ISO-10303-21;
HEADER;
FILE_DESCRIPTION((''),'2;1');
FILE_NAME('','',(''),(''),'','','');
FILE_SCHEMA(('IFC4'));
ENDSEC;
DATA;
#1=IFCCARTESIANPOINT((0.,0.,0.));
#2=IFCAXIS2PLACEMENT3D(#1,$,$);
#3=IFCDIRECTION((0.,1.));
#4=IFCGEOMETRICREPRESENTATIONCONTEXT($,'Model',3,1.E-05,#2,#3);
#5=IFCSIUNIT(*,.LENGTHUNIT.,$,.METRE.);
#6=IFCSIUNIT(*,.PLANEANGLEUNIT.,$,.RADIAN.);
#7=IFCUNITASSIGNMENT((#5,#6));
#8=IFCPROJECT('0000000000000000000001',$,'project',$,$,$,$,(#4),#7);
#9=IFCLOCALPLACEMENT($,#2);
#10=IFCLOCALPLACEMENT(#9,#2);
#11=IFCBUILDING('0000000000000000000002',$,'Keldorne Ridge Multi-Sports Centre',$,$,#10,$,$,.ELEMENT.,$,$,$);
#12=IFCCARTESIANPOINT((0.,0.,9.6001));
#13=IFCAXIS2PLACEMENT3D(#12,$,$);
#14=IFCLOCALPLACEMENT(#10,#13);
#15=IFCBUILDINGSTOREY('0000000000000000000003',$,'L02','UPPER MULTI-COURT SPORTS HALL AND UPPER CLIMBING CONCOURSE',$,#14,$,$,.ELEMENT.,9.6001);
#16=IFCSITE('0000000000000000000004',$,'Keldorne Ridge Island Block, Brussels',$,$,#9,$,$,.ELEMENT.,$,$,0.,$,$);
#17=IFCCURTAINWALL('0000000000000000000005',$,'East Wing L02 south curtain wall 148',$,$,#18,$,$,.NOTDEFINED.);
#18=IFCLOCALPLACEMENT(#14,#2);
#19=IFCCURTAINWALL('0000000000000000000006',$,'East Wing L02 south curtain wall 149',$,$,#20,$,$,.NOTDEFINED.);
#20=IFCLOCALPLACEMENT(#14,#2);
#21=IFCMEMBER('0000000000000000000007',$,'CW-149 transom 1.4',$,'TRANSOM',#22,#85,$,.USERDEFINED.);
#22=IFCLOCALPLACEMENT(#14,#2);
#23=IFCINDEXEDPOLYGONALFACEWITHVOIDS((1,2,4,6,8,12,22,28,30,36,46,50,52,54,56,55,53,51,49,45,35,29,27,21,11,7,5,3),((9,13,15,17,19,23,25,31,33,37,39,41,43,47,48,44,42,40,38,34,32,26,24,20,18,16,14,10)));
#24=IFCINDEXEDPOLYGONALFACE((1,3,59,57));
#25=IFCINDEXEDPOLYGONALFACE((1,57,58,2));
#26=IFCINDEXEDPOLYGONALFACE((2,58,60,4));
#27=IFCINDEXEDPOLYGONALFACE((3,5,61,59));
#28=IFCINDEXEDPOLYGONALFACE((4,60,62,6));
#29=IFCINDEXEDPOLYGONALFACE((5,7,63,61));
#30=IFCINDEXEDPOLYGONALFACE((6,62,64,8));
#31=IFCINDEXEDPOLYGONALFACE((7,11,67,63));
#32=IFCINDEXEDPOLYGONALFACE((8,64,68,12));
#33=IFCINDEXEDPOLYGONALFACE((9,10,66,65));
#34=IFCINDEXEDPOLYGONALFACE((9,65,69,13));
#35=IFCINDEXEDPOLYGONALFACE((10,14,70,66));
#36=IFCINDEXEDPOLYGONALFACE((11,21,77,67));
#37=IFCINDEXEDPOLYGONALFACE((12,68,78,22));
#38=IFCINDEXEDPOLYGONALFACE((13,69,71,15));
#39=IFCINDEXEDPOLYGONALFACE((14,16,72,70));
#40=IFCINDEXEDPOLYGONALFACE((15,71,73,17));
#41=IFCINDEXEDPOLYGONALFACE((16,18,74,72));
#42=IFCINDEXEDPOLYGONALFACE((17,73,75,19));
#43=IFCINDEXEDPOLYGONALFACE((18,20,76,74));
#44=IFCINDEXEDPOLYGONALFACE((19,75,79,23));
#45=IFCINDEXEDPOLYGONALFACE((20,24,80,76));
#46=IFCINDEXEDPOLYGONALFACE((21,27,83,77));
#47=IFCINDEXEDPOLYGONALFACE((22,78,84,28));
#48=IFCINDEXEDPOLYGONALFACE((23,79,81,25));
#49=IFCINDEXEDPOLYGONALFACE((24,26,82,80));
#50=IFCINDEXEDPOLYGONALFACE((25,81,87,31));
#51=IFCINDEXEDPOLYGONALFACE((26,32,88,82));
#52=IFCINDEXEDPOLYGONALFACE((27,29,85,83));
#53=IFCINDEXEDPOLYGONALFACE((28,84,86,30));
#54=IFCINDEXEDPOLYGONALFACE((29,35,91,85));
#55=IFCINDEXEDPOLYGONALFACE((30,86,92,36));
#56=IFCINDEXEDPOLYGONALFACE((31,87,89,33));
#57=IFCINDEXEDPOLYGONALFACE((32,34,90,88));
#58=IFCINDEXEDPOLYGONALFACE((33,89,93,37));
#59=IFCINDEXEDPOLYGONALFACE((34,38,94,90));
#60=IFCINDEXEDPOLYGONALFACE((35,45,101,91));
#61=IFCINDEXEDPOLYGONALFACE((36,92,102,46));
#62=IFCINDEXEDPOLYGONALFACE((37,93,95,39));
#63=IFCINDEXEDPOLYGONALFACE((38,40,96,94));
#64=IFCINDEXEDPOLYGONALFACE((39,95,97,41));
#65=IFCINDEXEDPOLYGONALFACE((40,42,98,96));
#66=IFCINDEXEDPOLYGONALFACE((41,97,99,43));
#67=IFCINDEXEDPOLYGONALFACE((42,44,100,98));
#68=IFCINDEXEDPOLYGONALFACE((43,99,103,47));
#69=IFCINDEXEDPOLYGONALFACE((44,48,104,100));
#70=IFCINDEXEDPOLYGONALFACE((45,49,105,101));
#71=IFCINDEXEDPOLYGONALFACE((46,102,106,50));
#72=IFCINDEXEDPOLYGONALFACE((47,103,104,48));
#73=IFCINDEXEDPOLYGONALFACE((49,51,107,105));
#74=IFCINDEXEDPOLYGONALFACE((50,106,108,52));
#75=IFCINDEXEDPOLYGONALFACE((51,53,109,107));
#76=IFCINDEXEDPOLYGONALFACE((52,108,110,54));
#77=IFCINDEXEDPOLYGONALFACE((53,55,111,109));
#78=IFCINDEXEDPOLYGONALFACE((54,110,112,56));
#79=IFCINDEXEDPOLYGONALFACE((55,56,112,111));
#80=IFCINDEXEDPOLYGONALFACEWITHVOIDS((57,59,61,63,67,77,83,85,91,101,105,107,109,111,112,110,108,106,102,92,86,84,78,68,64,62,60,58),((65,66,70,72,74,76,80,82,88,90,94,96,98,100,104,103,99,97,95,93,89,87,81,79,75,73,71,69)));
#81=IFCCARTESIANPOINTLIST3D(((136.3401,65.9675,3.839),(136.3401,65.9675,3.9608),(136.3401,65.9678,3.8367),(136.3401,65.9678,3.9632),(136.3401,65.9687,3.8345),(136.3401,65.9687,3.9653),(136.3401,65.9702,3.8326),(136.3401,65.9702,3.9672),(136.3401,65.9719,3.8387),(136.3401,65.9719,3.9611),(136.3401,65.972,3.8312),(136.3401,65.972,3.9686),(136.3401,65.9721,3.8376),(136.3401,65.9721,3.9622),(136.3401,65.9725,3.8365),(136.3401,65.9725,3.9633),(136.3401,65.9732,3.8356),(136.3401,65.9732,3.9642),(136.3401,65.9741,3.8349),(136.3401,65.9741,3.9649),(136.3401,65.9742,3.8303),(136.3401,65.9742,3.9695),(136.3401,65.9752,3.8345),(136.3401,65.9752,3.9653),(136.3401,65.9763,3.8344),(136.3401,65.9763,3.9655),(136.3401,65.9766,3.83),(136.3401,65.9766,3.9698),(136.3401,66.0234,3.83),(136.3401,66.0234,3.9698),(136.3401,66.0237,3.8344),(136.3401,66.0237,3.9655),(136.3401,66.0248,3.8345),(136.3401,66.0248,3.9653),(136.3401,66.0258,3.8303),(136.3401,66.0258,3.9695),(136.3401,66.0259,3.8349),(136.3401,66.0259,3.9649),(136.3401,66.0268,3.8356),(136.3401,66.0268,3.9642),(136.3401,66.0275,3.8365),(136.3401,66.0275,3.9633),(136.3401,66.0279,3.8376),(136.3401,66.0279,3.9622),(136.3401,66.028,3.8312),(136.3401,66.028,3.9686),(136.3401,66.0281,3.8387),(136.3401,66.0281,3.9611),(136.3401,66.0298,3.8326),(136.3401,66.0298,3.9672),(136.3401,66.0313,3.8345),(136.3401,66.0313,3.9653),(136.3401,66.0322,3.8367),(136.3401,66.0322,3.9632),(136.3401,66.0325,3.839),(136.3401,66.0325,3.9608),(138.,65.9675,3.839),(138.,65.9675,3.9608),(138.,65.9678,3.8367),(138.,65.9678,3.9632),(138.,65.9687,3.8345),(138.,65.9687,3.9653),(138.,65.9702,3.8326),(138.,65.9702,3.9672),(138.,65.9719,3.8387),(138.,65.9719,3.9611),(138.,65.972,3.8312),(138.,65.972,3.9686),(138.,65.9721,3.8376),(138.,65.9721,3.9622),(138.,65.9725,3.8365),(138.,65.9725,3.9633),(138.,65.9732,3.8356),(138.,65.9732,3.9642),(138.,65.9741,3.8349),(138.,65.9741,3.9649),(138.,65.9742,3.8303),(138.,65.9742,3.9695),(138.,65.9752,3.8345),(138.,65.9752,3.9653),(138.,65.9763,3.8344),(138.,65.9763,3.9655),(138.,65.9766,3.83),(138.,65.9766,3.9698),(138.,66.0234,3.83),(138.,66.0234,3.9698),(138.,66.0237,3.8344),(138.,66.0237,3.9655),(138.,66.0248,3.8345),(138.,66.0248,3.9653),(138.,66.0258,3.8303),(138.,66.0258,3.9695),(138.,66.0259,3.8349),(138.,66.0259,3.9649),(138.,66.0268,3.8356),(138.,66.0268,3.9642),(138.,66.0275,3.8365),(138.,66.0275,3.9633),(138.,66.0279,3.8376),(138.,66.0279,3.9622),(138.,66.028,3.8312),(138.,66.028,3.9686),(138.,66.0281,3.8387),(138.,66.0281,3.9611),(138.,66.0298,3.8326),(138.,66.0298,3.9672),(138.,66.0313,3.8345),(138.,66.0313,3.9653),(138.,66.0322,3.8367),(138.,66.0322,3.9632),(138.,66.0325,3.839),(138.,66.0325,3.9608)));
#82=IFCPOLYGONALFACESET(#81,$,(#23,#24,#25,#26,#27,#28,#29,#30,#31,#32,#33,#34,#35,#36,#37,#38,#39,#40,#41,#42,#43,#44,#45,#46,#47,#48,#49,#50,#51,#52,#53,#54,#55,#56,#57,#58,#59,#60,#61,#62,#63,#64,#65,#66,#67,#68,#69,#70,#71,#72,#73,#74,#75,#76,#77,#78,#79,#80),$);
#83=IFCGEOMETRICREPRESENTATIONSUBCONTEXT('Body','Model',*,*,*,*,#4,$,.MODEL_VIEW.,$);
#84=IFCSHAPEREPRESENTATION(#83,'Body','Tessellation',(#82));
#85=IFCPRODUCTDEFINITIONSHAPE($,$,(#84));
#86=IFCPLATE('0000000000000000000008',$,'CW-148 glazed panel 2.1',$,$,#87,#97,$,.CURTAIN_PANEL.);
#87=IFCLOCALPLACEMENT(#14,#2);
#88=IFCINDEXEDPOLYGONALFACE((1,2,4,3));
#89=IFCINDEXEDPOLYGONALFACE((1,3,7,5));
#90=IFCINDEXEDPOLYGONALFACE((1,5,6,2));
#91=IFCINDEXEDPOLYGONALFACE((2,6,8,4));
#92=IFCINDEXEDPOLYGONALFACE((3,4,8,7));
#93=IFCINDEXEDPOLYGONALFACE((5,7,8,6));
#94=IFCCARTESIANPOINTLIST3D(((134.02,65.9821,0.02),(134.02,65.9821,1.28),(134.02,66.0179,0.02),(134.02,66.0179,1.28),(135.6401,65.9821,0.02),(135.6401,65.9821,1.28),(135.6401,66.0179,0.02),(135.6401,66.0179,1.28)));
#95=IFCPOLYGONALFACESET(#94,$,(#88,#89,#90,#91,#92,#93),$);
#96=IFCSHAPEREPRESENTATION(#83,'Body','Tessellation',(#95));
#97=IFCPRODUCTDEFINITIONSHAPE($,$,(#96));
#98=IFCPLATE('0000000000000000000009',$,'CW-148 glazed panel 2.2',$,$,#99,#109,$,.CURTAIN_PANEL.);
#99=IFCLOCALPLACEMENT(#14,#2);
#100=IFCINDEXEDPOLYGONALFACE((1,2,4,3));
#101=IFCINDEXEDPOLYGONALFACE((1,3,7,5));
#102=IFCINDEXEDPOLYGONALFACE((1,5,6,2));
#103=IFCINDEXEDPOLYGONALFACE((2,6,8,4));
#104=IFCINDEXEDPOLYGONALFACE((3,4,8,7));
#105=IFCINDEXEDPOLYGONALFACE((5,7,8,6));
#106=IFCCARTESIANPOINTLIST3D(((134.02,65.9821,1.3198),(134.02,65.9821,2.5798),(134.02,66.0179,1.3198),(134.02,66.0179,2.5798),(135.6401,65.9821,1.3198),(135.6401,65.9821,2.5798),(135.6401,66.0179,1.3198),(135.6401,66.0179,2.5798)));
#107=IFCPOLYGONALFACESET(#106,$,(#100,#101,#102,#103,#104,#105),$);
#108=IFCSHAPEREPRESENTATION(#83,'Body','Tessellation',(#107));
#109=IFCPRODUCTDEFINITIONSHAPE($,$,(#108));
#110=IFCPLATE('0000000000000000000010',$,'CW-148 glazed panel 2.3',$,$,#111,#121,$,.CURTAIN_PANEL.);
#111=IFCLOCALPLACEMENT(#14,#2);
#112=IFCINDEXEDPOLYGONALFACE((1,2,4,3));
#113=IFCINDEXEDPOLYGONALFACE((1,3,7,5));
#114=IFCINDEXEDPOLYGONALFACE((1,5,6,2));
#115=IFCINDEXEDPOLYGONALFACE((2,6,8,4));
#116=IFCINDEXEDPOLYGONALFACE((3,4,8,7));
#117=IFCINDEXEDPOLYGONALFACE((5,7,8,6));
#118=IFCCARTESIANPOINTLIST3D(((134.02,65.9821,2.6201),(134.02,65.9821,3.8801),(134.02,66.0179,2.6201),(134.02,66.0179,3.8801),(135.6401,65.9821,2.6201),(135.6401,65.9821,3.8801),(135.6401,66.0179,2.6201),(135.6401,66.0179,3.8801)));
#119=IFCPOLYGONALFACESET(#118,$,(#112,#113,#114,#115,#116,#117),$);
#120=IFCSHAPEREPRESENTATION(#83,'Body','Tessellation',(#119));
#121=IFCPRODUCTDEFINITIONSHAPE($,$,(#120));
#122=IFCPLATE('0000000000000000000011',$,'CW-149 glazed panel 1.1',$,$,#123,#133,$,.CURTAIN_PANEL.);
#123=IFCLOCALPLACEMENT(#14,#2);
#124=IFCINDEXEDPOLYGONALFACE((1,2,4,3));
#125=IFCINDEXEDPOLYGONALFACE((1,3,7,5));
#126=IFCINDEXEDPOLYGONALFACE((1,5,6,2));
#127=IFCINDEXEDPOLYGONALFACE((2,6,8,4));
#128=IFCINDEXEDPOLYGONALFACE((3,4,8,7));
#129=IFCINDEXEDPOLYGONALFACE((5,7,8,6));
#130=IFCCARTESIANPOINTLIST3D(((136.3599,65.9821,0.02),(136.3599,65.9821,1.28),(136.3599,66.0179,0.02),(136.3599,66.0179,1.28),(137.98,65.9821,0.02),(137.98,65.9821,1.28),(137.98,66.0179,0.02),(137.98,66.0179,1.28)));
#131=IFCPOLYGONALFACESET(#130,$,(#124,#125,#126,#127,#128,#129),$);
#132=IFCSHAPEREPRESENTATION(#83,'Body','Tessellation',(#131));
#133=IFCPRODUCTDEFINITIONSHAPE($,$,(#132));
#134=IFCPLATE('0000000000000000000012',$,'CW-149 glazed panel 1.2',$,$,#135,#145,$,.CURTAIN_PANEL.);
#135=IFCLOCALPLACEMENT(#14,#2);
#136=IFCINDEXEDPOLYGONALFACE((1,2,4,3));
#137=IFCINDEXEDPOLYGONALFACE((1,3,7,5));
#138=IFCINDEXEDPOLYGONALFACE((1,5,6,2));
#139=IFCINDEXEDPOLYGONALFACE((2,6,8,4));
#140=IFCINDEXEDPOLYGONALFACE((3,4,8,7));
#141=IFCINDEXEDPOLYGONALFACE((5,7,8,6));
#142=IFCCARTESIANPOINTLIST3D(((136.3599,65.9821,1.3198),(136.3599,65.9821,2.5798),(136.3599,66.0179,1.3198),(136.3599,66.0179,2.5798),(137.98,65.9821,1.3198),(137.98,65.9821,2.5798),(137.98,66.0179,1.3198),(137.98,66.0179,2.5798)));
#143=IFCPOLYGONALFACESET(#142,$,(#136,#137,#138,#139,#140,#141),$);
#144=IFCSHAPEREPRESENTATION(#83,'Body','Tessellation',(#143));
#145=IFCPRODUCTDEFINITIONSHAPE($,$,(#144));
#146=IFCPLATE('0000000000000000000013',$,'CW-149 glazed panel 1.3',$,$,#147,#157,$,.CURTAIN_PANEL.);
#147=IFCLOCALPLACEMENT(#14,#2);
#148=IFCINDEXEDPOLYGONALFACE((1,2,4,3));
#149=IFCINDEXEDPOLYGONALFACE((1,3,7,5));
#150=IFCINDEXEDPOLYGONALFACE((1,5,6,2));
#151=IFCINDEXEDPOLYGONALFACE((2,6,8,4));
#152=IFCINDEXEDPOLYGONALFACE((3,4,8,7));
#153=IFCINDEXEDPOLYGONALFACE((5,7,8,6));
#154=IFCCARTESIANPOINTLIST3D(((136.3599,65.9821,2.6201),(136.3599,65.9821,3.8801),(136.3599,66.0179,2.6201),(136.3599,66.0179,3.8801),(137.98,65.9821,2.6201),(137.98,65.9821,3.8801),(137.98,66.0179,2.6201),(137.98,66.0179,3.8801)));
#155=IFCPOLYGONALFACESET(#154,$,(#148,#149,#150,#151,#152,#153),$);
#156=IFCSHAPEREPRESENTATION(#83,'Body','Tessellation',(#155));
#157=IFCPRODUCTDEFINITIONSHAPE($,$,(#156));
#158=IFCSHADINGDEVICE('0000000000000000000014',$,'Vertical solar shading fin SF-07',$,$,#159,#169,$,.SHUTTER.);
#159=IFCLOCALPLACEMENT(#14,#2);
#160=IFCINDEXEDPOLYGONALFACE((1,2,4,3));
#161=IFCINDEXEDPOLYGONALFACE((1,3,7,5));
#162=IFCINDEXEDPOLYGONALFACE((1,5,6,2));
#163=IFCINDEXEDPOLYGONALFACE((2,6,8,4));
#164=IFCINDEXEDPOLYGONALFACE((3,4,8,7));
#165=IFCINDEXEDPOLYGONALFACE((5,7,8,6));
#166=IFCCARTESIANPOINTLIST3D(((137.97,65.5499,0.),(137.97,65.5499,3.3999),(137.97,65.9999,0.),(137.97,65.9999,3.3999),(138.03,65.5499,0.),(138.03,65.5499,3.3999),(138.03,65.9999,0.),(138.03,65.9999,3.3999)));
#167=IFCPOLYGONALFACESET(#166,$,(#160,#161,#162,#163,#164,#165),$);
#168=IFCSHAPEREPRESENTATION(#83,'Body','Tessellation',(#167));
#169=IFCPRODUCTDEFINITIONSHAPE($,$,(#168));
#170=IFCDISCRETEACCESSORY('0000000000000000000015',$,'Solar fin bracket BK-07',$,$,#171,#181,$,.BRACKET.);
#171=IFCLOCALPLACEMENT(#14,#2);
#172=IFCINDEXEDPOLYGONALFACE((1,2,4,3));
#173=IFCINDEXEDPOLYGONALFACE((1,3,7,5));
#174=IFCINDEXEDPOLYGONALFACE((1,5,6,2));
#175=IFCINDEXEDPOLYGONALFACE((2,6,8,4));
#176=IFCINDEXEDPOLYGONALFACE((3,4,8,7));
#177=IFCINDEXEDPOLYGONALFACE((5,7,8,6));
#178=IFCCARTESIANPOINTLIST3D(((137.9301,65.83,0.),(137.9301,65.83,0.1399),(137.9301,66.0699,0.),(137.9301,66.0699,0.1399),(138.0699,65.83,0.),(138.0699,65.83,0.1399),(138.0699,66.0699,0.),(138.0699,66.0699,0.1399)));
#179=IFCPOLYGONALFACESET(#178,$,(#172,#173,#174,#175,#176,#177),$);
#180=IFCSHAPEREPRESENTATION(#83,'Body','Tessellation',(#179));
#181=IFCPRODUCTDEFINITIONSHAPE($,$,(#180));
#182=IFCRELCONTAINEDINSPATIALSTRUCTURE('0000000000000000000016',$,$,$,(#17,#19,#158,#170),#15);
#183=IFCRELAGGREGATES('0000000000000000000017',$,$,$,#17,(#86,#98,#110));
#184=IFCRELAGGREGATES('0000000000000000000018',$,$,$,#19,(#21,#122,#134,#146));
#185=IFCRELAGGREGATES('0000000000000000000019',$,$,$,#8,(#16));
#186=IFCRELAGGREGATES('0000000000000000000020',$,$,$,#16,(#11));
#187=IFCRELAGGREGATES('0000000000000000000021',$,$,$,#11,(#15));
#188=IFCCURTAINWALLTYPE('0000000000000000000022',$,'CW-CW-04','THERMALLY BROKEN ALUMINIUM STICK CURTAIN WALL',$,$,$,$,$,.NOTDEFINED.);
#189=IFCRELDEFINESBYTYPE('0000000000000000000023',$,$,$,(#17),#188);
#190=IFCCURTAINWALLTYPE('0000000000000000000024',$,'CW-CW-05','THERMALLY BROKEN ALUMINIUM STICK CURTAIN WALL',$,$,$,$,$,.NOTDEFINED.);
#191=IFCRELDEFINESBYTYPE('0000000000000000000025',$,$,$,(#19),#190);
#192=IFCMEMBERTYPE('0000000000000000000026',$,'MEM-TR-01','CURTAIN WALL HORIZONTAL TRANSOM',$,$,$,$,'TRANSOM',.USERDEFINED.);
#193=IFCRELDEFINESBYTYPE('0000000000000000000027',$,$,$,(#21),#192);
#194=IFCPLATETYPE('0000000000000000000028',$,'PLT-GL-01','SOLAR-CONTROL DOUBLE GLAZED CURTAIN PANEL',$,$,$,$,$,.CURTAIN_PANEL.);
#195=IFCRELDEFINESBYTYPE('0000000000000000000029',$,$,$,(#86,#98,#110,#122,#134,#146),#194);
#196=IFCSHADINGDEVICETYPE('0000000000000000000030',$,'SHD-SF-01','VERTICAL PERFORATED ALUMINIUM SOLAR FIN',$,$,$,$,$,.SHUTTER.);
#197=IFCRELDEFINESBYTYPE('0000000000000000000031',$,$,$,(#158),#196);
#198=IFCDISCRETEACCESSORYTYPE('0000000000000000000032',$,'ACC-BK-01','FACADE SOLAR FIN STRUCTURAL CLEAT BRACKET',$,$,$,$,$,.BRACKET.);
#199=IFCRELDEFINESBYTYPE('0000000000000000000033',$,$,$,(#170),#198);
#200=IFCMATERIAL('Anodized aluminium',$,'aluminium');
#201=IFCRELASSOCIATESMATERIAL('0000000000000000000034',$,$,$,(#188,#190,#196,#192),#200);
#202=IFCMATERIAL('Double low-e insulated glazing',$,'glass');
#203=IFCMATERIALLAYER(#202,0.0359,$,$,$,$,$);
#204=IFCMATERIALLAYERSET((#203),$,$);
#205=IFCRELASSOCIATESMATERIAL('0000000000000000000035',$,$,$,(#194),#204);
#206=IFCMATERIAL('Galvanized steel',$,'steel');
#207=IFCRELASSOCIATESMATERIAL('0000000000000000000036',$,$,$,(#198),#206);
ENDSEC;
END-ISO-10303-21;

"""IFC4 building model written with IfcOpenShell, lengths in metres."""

from ifc_helpers import new_model, si_unit, direction, frame, origin, origin_2d, place, context, subcontext, project, spatial, rectangle, hollow_rectangle, extrude, material, layer, layer_set, material_profile, profile_set, type_object, element, aggregate, save


model = new_model("IFC4")

# Units and contexts
model_context = context("Model", 3, precision=1e-05, world=origin(), true_north=direction((0.0, 1.0)))
body_context = subcontext(model_context, "Body", "Model", "MODEL_VIEW")
ifc_project = project(units=[si_unit("LENGTHUNIT", "METRE"), si_unit("PLANEANGLEUNIT", "RADIAN")], contexts=[model_context])

# Site, building, storey
site_placement = place(None, origin())
site = spatial("IfcSite", under=ifc_project, at=site_placement, Name="Keldorne Ridge Island Block, Brussels", CompositionType="ELEMENT", RefElevation=0.0)
building_placement = place(site_placement, origin())
building = spatial("IfcBuilding", under=site, at=building_placement, Name="Keldorne Ridge Multi-Sports Centre", CompositionType="ELEMENT")
storey_placement = place(building_placement, frame((0.0, 0.0, 9.6001)))
storey = spatial("IfcBuildingStorey", under=building, at=storey_placement, Name="L02", Description="UPPER MULTI-COURT SPORTS HALL AND UPPER CLIMBING CONCOURSE", CompositionType="ELEMENT", Elevation=9.6001)

# Curtain walls
ifc_material_1 = material(Name="Anodized aluminium", Category="aluminium")
curtain_wall_type_1 = type_object("IfcCurtainWallType", Name="CW-CW-04", Description="THERMALLY BROKEN ALUMINIUM STICK CURTAIN WALL", PredefinedType="NOTDEFINED", material=ifc_material_1)
curtain_wall_1_placement = place(storey_placement, origin())
curtain_wall_1 = element("IfcCurtainWall", 1, at=curtain_wall_1_placement, inside=storey, type_object=curtain_wall_type_1, Name="East Wing L02 south curtain wall 148", PredefinedType="NOTDEFINED")
curtain_wall_type_2 = type_object("IfcCurtainWallType", Name="CW-CW-05", Description="THERMALLY BROKEN ALUMINIUM STICK CURTAIN WALL", PredefinedType="NOTDEFINED", material=ifc_material_1)
curtain_wall_2_placement = place(storey_placement, origin())
curtain_wall_2 = element("IfcCurtainWall", 2, at=curtain_wall_2_placement, inside=storey, type_object=curtain_wall_type_2, Name="East Wing L02 south curtain wall 149", PredefinedType="NOTDEFINED")

# Member
ifc_material_profile_1 = material_profile(ifc_material_1, hollow_rectangle(XDim=0.0649, YDim=0.1399, WallThickness=0.0044, InnerFilletRadius=0.0044, OuterFilletRadius=0.009, at=origin_2d()), Name="ALU TRANSOM 140x65x4.5")
ifc_profile_set_1 = profile_set([ifc_material_profile_1], Name="Anodized aluminium")
member_type_1 = type_object("IfcMemberType", Name="MEM-TR-01", Description="CURTAIN WALL HORIZONTAL TRANSOM", ElementType="TRANSOM", PredefinedType="USERDEFINED", material=ifc_profile_set_1)
member_1_placement = place(storey_placement, frame((136.3401, 66.0, 3.8999), z_axis=(1.0, 0.0, 0.0), x_axis=(0.0, 1.0, 0.0)))
member_1 = element("IfcMember", 3, at=member_1_placement, type_object=member_type_1, Name="CW-149 transom 1.4", ObjectType="TRANSOM", PredefinedType="USERDEFINED", context=body_context, shape_type="SweptSolid", body=[
    extrude(hollow_rectangle(XDim=0.0649, YDim=0.1399, WallThickness=0.0044, InnerFilletRadius=0.0044, OuterFilletRadius=0.009, at=origin_2d()), origin(), (0.0, 0.0, 1.0), 1.6599),
])

# Plates
ifc_material_2 = material(Name="Double low-e insulated glazing", Category="glass")
ifc_layer = layer(ifc_material_2, 0.0359)
ifc_layer_set = layer_set([ifc_layer])
plate_type = type_object("IfcPlateType", Name="PLT-GL-01", Description="SOLAR-CONTROL DOUBLE GLAZED CURTAIN PANEL", PredefinedType="CURTAIN_PANEL", material=ifc_layer_set)
plate_1_placement = place(storey_placement, frame((134.8301, 66.0, 0.02), z_axis=(0.0, 0.0, 1.0), x_axis=(1.0, 0.0, 0.0)))
plate_1 = element("IfcPlate", 4, at=plate_1_placement, type_object=plate_type, Name="CW-148 glazed panel 2.1", PredefinedType="CURTAIN_PANEL", context=body_context, shape_type="SweptSolid", body=[
    extrude(rectangle(XDim=1.6201, YDim=0.0359, at=origin_2d()), origin(), (0.0, 0.0, 1.0), 1.26),
])
plate_2_placement = place(storey_placement, frame((134.8301, 66.0, 1.3198), z_axis=(0.0, 0.0, 1.0), x_axis=(1.0, 0.0, 0.0)))
plate_2 = element("IfcPlate", 5, at=plate_2_placement, type_object=plate_type, Name="CW-148 glazed panel 2.2", PredefinedType="CURTAIN_PANEL", context=body_context, shape_type="SweptSolid", body=[
    extrude(rectangle(XDim=1.6201, YDim=0.0359, at=origin_2d()), origin(), (0.0, 0.0, 1.0), 1.26),
])
plate_3_placement = place(storey_placement, frame((134.8301, 66.0, 2.6201), z_axis=(0.0, 0.0, 1.0), x_axis=(1.0, 0.0, 0.0)))
plate_3 = element("IfcPlate", 6, at=plate_3_placement, type_object=plate_type, Name="CW-148 glazed panel 2.3", PredefinedType="CURTAIN_PANEL", context=body_context, shape_type="SweptSolid", body=[
    extrude(rectangle(XDim=1.6201, YDim=0.0359, at=origin_2d()), origin(), (0.0, 0.0, 1.0), 1.26),
])
aggregate(curtain_wall_1, [plate_1, plate_2, plate_3])
plate_4_placement = place(storey_placement, frame((137.1699, 66.0, 0.02), z_axis=(0.0, 0.0, 1.0), x_axis=(1.0, 0.0, 0.0)))
plate_4 = element("IfcPlate", 7, at=plate_4_placement, type_object=plate_type, Name="CW-149 glazed panel 1.1", PredefinedType="CURTAIN_PANEL", context=body_context, shape_type="SweptSolid", body=[
    extrude(rectangle(XDim=1.6201, YDim=0.0359, at=origin_2d()), origin(), (0.0, 0.0, 1.0), 1.26),
])
plate_5_placement = place(storey_placement, frame((137.1699, 66.0, 1.3198), z_axis=(0.0, 0.0, 1.0), x_axis=(1.0, 0.0, 0.0)))
plate_5 = element("IfcPlate", 8, at=plate_5_placement, type_object=plate_type, Name="CW-149 glazed panel 1.2", PredefinedType="CURTAIN_PANEL", context=body_context, shape_type="SweptSolid", body=[
    extrude(rectangle(XDim=1.6201, YDim=0.0359, at=origin_2d()), origin(), (0.0, 0.0, 1.0), 1.26),
])
plate_6_placement = place(storey_placement, frame((137.1699, 66.0, 2.6201), z_axis=(0.0, 0.0, 1.0), x_axis=(1.0, 0.0, 0.0)))
plate_6 = element("IfcPlate", 9, at=plate_6_placement, type_object=plate_type, Name="CW-149 glazed panel 1.3", PredefinedType="CURTAIN_PANEL", context=body_context, shape_type="SweptSolid", body=[
    extrude(rectangle(XDim=1.6201, YDim=0.0359, at=origin_2d()), origin(), (0.0, 0.0, 1.0), 1.26),
])
aggregate(curtain_wall_2, [member_1, plate_4, plate_5, plate_6])

# Shading device
shading_device_type = type_object("IfcShadingDeviceType", Name="SHD-SF-01", Description="VERTICAL PERFORATED ALUMINIUM SOLAR FIN", PredefinedType="SHUTTER", material=ifc_material_1)
shading_device_placement = place(storey_placement, frame((138.0, 65.7749, 0.0), z_axis=(0.0, 0.0, 1.0), x_axis=(1.0, 0.0, 0.0)))
element("IfcShadingDevice", 10, at=shading_device_placement, inside=storey, type_object=shading_device_type, Name="Vertical solar shading fin SF-07", PredefinedType="SHUTTER", context=body_context, shape_type="SweptSolid", body=[
    extrude(rectangle(XDim=0.0601, YDim=0.45, at=origin_2d()), origin(), (0.0, 0.0, 1.0), 3.3999),
])

# Discrete accessory
ifc_material_3 = material(Name="Galvanized steel", Category="steel")
discrete_accessory_type = type_object("IfcDiscreteAccessoryType", Name="ACC-BK-01", Description="FACADE SOLAR FIN STRUCTURAL CLEAT BRACKET", PredefinedType="BRACKET", material=ifc_material_3)
discrete_accessory_placement = place(storey_placement, frame((138.0, 65.95, 0.0), z_axis=(0.0, 0.0, 1.0), x_axis=(1.0, 0.0, 0.0)))
element("IfcDiscreteAccessory", 11, at=discrete_accessory_placement, inside=storey, type_object=discrete_accessory_type, Name="Solar fin bracket BK-07", PredefinedType="BRACKET", context=body_context, shape_type="SweptSolid", body=[
    extrude(rectangle(XDim=0.1399, YDim=0.24, at=origin_2d()), origin(), (0.0, 0.0, 1.0), 0.1399),
])

save(model, "model.ifc")
